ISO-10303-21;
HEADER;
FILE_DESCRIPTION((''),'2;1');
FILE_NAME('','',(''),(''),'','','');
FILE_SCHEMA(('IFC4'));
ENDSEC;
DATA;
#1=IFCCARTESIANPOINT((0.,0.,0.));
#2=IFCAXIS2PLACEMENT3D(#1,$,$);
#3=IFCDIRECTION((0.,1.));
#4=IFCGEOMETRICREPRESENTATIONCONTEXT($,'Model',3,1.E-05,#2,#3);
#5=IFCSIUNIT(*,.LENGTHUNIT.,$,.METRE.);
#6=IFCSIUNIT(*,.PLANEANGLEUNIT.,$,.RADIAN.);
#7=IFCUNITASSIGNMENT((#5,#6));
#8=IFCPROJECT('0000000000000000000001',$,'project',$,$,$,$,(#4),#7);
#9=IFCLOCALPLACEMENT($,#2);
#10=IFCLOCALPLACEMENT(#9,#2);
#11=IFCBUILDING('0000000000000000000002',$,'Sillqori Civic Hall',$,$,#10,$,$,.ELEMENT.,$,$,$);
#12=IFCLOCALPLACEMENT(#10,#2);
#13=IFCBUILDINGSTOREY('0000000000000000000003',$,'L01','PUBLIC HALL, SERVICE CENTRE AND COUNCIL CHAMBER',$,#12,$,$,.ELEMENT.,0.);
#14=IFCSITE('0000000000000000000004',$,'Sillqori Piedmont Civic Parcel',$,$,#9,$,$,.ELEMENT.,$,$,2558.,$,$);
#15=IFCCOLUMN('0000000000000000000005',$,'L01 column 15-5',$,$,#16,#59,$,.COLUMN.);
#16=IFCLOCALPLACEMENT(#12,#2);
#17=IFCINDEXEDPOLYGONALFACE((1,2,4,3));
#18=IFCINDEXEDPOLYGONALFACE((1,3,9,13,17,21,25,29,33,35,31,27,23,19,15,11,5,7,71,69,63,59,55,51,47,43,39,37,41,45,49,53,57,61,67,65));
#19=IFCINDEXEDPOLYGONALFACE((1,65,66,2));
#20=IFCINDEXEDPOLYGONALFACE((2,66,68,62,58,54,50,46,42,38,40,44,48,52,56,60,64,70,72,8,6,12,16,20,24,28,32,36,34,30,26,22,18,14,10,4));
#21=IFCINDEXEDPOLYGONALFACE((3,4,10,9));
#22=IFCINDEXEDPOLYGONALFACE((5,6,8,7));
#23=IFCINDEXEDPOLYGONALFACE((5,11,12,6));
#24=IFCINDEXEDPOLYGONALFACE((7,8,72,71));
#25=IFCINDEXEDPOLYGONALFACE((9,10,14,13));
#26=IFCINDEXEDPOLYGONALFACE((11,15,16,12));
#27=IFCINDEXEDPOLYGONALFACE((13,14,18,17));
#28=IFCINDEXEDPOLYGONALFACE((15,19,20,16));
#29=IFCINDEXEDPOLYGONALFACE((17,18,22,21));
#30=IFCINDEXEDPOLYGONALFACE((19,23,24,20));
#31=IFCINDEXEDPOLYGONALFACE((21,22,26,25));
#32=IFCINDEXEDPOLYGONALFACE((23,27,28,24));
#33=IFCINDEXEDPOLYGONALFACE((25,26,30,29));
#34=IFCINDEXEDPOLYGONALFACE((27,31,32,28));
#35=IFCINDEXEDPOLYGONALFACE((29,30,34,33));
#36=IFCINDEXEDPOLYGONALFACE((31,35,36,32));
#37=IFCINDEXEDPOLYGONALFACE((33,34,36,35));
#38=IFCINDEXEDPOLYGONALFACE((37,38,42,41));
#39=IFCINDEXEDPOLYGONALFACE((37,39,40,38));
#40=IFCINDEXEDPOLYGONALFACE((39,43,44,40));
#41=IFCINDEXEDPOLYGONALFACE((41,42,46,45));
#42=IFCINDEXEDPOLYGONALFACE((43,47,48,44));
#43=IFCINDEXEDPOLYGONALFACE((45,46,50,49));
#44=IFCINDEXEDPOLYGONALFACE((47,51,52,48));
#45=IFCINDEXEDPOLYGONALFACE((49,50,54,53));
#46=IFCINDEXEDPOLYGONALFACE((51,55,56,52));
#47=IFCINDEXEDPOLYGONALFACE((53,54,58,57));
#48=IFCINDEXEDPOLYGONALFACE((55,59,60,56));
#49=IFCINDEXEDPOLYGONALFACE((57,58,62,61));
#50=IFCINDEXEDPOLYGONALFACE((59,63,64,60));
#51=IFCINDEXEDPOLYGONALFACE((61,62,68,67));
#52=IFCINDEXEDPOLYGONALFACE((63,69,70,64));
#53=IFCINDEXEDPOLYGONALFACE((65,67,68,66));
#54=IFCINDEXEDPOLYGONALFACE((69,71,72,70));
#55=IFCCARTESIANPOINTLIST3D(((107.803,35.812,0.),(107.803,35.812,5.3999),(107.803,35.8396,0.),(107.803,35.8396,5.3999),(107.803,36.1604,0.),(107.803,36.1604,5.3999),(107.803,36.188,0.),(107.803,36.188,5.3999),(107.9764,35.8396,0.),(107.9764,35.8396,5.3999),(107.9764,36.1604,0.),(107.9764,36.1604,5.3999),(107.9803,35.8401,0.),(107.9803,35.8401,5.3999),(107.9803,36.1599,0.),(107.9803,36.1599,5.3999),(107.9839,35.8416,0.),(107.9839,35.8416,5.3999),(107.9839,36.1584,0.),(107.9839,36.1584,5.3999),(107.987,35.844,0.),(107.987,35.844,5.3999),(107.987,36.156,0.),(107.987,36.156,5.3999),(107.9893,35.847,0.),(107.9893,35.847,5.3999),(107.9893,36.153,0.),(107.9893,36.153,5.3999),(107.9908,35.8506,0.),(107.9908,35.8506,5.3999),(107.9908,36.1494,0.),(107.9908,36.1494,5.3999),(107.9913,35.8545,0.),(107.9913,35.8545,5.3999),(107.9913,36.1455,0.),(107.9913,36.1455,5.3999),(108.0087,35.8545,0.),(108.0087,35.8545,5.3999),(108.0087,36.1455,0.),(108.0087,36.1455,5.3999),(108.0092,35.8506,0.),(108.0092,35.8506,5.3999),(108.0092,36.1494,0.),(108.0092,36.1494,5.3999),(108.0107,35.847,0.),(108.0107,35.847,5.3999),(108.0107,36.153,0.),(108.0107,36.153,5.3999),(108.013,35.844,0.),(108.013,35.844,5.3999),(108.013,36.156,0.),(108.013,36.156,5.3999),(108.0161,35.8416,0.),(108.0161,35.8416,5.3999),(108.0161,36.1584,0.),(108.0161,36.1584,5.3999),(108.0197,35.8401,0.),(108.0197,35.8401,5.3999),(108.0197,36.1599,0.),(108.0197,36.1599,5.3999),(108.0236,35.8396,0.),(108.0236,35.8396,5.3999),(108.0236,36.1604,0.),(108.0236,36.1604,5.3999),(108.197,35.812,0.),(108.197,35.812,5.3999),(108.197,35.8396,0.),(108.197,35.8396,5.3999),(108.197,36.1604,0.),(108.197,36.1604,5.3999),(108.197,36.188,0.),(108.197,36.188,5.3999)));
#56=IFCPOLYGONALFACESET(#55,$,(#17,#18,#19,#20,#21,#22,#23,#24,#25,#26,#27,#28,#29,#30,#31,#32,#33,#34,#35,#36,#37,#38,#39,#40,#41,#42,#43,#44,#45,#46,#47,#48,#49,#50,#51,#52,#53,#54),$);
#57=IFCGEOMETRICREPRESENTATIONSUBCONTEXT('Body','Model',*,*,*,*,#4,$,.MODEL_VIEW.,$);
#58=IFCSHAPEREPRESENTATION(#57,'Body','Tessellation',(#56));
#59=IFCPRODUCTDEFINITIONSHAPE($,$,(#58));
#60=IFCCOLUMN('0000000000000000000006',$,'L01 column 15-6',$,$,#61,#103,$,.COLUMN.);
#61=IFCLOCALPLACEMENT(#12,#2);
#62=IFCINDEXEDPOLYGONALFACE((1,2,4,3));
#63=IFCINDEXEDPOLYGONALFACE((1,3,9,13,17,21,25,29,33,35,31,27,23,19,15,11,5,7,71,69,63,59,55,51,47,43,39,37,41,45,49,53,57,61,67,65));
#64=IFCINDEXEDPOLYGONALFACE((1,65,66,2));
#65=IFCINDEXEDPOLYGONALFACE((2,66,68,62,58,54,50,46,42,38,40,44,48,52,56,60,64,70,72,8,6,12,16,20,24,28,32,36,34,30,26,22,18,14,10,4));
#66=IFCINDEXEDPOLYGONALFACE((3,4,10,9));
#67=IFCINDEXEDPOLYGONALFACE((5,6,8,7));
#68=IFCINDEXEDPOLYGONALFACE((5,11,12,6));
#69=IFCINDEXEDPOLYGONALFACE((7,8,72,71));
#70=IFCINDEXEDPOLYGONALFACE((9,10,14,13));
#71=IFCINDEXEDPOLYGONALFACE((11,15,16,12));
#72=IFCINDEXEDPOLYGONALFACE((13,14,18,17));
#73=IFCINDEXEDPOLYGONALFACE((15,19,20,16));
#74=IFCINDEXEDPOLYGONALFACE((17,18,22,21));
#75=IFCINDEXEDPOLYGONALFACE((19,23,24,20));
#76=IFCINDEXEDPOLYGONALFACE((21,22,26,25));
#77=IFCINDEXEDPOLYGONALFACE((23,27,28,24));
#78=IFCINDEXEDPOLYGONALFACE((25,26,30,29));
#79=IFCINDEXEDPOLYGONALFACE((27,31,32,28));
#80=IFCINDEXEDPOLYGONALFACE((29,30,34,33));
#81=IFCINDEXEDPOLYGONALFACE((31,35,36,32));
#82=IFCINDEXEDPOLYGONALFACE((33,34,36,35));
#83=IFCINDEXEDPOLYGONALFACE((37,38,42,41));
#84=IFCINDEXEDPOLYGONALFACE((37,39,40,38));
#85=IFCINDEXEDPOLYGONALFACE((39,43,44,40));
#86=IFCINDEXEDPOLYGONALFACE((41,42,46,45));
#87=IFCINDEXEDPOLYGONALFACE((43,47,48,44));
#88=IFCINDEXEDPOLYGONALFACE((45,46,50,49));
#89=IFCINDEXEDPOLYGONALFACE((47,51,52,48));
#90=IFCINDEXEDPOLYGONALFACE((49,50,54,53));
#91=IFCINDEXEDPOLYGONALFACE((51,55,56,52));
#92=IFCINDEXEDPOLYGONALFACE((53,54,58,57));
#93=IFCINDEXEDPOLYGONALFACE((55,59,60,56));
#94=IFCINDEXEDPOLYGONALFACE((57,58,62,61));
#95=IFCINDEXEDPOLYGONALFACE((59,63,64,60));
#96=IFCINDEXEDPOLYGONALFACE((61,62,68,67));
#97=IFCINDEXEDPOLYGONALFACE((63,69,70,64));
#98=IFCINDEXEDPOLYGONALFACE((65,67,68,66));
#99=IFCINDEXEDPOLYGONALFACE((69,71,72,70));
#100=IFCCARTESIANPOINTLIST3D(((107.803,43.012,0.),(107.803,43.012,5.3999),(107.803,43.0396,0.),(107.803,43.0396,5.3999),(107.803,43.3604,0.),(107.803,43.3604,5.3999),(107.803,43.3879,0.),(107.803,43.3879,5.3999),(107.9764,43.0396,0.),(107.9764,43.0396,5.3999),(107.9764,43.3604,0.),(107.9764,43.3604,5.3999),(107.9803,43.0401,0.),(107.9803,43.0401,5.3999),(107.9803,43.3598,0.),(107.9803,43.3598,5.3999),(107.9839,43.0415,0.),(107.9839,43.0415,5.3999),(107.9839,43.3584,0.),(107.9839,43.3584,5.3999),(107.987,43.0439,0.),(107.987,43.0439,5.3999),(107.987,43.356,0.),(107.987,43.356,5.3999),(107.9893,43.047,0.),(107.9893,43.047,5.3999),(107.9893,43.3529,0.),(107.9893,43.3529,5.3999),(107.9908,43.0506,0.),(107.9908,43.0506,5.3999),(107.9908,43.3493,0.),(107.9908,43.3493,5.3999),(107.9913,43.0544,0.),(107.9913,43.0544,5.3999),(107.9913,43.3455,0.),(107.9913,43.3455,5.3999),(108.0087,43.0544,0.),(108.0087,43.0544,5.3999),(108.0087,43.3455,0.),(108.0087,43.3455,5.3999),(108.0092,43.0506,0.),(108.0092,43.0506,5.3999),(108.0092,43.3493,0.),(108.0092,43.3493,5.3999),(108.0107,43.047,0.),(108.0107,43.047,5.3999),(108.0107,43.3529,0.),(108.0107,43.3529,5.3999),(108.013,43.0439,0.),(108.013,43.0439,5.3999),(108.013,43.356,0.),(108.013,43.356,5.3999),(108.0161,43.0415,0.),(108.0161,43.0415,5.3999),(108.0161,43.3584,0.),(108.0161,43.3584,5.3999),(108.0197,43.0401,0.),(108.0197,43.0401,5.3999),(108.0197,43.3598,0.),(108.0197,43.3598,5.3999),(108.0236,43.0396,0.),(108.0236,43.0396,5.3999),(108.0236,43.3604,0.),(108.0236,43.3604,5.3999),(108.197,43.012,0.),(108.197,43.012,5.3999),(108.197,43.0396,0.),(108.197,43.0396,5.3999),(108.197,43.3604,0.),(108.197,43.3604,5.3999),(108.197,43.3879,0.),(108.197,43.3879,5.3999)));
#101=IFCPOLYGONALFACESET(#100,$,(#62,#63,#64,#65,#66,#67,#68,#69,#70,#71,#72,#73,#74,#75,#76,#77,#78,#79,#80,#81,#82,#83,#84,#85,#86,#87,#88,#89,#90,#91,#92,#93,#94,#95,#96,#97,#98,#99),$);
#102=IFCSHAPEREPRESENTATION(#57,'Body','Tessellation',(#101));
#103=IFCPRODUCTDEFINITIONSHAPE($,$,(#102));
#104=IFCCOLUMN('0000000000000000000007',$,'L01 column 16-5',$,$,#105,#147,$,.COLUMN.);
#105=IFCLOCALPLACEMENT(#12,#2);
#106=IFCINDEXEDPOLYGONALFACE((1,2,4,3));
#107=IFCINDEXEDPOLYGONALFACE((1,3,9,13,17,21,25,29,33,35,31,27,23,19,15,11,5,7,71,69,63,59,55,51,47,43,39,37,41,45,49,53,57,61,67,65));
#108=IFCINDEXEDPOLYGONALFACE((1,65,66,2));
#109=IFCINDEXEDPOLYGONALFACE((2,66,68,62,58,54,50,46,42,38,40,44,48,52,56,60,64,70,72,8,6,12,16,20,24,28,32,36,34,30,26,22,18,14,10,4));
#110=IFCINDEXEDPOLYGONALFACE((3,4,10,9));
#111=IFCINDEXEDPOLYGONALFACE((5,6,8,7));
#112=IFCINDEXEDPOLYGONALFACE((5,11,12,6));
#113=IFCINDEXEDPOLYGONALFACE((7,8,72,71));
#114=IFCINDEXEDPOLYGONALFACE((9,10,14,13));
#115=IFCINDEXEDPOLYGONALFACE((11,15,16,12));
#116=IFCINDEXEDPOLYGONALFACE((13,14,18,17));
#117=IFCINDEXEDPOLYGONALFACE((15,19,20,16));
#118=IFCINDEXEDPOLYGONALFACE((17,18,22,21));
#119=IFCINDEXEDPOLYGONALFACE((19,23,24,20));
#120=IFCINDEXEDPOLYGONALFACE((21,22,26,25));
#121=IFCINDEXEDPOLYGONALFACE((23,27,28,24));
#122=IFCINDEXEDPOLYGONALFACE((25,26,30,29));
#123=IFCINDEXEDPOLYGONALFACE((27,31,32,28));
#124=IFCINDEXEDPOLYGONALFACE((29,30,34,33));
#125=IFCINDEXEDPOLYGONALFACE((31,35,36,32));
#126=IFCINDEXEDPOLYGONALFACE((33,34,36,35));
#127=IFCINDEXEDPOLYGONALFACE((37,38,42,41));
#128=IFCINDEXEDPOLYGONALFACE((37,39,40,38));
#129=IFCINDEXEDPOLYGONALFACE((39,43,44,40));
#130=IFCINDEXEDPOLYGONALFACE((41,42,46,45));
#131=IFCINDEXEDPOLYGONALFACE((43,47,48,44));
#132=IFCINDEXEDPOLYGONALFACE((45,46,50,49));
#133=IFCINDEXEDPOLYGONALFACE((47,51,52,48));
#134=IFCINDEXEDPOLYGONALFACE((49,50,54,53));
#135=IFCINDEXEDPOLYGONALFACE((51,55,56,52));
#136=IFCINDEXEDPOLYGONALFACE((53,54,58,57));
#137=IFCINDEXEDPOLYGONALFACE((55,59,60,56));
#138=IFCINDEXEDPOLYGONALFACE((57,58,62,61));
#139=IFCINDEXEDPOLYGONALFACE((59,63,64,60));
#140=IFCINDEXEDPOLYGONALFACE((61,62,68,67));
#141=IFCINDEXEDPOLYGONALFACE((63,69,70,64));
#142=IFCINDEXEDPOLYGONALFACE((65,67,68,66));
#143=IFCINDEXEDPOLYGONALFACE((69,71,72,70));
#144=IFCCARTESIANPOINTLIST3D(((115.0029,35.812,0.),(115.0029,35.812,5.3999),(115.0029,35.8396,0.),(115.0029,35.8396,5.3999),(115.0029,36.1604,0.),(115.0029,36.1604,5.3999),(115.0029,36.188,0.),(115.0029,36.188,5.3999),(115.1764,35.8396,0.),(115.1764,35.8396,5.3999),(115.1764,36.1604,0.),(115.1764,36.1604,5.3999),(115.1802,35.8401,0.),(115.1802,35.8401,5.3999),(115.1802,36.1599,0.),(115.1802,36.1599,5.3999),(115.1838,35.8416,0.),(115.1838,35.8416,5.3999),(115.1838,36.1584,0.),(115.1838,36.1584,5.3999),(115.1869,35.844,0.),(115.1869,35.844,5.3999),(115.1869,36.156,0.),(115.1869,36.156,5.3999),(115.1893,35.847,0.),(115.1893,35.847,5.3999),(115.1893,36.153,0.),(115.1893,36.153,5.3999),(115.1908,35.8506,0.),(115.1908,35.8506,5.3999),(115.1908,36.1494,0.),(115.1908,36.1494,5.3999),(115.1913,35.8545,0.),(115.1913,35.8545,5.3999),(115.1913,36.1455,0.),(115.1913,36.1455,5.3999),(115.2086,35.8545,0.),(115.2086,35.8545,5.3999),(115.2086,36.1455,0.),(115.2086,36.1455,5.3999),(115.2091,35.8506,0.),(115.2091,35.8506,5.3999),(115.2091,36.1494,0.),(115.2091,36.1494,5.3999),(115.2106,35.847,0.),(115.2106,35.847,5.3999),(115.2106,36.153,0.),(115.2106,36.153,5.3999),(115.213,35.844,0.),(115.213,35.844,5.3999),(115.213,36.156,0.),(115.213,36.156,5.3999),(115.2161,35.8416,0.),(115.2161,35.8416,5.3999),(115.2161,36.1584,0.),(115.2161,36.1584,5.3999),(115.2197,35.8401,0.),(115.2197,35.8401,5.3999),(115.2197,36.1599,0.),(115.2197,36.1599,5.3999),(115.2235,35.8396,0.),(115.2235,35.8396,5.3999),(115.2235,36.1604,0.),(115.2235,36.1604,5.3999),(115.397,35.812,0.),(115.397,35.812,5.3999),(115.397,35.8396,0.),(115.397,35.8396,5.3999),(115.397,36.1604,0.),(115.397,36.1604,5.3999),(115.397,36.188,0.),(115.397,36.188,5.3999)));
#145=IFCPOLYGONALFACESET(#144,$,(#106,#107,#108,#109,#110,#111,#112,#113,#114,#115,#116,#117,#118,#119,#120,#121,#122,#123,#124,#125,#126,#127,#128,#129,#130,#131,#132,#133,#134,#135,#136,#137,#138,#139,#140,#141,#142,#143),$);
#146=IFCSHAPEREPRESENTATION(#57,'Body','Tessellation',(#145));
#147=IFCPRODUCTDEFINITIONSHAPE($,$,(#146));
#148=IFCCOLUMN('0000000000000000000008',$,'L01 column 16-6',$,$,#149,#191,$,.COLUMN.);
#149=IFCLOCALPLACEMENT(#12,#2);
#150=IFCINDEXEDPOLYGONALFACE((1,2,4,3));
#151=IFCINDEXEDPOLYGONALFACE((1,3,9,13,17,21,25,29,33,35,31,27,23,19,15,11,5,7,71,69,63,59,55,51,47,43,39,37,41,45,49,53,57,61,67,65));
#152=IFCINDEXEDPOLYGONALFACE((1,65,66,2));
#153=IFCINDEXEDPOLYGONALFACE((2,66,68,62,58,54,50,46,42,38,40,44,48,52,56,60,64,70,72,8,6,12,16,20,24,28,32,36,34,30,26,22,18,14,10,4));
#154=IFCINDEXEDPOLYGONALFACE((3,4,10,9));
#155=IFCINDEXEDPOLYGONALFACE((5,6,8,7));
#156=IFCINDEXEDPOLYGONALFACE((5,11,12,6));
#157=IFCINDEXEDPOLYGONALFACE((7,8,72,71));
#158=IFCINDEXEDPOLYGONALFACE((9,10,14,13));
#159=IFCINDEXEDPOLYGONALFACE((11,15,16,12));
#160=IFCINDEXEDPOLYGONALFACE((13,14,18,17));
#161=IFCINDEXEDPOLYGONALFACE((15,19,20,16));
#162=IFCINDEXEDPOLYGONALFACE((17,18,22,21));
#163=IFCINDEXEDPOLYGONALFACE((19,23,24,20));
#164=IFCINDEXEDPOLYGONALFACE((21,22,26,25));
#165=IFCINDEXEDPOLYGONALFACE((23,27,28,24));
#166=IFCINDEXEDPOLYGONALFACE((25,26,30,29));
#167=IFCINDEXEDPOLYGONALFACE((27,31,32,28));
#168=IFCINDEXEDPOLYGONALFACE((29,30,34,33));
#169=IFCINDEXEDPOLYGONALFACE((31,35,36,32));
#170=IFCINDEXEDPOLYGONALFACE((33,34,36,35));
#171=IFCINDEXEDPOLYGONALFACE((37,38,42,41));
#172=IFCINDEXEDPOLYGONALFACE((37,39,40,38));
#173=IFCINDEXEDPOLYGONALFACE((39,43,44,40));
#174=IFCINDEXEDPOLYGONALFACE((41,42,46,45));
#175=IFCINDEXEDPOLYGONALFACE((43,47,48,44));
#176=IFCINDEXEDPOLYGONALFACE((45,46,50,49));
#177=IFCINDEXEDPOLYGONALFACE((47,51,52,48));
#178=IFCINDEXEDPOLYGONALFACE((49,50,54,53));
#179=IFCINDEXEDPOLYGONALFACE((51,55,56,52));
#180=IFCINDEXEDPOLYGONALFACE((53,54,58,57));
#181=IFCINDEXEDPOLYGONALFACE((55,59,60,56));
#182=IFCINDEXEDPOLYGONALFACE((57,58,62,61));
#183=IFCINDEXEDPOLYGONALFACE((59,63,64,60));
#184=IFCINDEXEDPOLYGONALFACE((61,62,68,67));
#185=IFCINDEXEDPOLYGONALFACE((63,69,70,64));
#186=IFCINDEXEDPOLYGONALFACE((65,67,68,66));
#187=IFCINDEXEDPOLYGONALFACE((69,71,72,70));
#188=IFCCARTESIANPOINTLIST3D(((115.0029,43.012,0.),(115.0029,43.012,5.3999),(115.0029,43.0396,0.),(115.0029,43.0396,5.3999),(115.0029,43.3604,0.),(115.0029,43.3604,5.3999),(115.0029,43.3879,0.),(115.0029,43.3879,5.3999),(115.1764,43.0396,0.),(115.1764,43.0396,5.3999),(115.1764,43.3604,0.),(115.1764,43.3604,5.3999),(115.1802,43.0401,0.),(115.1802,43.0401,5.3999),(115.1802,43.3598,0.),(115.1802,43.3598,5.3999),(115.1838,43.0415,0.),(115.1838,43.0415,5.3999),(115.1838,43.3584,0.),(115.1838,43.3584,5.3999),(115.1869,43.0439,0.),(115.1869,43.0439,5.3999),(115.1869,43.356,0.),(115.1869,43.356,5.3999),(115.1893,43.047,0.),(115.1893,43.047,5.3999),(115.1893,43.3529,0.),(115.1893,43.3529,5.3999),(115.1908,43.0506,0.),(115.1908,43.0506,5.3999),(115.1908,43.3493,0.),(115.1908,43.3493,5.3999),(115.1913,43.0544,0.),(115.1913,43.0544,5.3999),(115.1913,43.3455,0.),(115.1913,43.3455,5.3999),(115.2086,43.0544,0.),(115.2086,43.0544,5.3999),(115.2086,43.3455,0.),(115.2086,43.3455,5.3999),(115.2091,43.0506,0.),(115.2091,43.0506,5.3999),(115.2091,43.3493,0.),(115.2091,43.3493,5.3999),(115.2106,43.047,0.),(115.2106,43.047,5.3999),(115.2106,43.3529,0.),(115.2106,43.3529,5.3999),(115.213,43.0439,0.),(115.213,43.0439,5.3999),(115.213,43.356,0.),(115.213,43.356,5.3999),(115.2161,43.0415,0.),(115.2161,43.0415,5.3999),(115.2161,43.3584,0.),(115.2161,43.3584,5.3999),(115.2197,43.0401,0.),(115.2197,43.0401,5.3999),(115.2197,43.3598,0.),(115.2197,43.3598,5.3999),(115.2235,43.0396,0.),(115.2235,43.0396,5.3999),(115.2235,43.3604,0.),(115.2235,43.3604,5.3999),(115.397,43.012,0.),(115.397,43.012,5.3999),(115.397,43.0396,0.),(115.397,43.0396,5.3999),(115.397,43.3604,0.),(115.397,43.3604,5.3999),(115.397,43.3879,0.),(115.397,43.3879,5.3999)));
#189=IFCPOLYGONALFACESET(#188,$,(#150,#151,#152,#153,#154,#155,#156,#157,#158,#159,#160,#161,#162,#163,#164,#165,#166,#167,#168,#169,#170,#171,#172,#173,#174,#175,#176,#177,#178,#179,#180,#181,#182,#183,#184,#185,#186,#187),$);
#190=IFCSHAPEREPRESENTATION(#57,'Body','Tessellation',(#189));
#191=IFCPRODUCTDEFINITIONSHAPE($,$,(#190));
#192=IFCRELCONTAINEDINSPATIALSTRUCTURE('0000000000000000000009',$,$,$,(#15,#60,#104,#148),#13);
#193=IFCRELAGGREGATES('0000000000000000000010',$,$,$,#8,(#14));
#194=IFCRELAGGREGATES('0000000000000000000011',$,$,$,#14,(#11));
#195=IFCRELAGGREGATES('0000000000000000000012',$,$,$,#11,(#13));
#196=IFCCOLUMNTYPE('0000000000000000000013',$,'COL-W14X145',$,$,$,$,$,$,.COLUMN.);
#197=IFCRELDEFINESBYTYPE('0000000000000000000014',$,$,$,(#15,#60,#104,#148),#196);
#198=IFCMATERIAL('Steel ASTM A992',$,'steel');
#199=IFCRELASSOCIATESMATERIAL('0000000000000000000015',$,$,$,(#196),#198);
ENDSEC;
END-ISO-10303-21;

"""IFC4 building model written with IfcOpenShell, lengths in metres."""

from ifc_helpers import new_model, si_unit, direction, frame, origin, origin_2d, place, context, subcontext, project, spatial, i_section, extrude, material, material_profile, profile_set, type_object, element, save


model = new_model("IFC4")

# Units and contexts
model_context = context("Model", 3, precision=1e-05, world=origin(), true_north=direction((0.0, 1.0)))
body_context = subcontext(model_context, "Body", "Model", "MODEL_VIEW")
ifc_project = project(units=[si_unit("LENGTHUNIT", "METRE"), si_unit("PLANEANGLEUNIT", "RADIAN")], contexts=[model_context])

# Site, building, storey
site_placement = place(None, origin())
site = spatial("IfcSite", under=ifc_project, at=site_placement, Name="Sillqori Piedmont Civic Parcel", CompositionType="ELEMENT", RefElevation=2558.0)
building_placement = place(site_placement, origin())
building = spatial("IfcBuilding", under=site, at=building_placement, Name="Sillqori Civic Hall", CompositionType="ELEMENT")
storey_placement = place(building_placement, origin())
storey = spatial("IfcBuildingStorey", under=building, at=storey_placement, Name="L01", Description="PUBLIC HALL, SERVICE CENTRE AND COUNCIL CHAMBER", CompositionType="ELEMENT", Elevation=0.0)

# Columns
ifc_material_1 = material(Name="Steel ASTM A992", Category="steel")
ifc_material_profile_1 = material_profile(ifc_material_1, i_section(OverallWidth=0.394, OverallDepth=0.376, WebThickness=0.0173, FlangeThickness=0.0276, FilletRadius=0.0149, at=origin_2d()), Name="W14X145")
ifc_profile_set_1 = profile_set([ifc_material_profile_1], Name="Steel ASTM A992")
column_type = type_object("IfcColumnType", Name="COL-W14X145", PredefinedType="COLUMN", material=ifc_profile_set_1)
for number, where, z_axis, x_axis, name in (
    (1, (108.0, 36.0, 0.0), (0.0, 0.0, 1.0), (1.0, 0.0, 0.0), "L01 column 15-5"),
    (2, (108.0, 43.2, 0.0), (0.0, 0.0, 1.0), (1.0, 0.0, 0.0), "L01 column 15-6"),
    (3, (115.2, 36.0, 0.0), (0.0, 0.0, 1.0), (1.0, 0.0, 0.0), "L01 column 16-5"),
    (4, (115.2, 43.2, 0.0), (0.0, 0.0, 1.0), (1.0, 0.0, 0.0), "L01 column 16-6"),
):
    element("IfcColumn", number, at=place(storey_placement, frame(where, z_axis=z_axis, x_axis=x_axis)), inside=storey, type_object=column_type, Name=name, PredefinedType="COLUMN", context=body_context, shape_type="SweptSolid", body=[
        extrude(i_section(OverallWidth=0.394, OverallDepth=0.376, WebThickness=0.0173, FlangeThickness=0.0276, FilletRadius=0.0149, at=origin_2d()), origin(), (0.0, 0.0, 1.0), 5.3999),
    ])

save(model, "model.ifc")
